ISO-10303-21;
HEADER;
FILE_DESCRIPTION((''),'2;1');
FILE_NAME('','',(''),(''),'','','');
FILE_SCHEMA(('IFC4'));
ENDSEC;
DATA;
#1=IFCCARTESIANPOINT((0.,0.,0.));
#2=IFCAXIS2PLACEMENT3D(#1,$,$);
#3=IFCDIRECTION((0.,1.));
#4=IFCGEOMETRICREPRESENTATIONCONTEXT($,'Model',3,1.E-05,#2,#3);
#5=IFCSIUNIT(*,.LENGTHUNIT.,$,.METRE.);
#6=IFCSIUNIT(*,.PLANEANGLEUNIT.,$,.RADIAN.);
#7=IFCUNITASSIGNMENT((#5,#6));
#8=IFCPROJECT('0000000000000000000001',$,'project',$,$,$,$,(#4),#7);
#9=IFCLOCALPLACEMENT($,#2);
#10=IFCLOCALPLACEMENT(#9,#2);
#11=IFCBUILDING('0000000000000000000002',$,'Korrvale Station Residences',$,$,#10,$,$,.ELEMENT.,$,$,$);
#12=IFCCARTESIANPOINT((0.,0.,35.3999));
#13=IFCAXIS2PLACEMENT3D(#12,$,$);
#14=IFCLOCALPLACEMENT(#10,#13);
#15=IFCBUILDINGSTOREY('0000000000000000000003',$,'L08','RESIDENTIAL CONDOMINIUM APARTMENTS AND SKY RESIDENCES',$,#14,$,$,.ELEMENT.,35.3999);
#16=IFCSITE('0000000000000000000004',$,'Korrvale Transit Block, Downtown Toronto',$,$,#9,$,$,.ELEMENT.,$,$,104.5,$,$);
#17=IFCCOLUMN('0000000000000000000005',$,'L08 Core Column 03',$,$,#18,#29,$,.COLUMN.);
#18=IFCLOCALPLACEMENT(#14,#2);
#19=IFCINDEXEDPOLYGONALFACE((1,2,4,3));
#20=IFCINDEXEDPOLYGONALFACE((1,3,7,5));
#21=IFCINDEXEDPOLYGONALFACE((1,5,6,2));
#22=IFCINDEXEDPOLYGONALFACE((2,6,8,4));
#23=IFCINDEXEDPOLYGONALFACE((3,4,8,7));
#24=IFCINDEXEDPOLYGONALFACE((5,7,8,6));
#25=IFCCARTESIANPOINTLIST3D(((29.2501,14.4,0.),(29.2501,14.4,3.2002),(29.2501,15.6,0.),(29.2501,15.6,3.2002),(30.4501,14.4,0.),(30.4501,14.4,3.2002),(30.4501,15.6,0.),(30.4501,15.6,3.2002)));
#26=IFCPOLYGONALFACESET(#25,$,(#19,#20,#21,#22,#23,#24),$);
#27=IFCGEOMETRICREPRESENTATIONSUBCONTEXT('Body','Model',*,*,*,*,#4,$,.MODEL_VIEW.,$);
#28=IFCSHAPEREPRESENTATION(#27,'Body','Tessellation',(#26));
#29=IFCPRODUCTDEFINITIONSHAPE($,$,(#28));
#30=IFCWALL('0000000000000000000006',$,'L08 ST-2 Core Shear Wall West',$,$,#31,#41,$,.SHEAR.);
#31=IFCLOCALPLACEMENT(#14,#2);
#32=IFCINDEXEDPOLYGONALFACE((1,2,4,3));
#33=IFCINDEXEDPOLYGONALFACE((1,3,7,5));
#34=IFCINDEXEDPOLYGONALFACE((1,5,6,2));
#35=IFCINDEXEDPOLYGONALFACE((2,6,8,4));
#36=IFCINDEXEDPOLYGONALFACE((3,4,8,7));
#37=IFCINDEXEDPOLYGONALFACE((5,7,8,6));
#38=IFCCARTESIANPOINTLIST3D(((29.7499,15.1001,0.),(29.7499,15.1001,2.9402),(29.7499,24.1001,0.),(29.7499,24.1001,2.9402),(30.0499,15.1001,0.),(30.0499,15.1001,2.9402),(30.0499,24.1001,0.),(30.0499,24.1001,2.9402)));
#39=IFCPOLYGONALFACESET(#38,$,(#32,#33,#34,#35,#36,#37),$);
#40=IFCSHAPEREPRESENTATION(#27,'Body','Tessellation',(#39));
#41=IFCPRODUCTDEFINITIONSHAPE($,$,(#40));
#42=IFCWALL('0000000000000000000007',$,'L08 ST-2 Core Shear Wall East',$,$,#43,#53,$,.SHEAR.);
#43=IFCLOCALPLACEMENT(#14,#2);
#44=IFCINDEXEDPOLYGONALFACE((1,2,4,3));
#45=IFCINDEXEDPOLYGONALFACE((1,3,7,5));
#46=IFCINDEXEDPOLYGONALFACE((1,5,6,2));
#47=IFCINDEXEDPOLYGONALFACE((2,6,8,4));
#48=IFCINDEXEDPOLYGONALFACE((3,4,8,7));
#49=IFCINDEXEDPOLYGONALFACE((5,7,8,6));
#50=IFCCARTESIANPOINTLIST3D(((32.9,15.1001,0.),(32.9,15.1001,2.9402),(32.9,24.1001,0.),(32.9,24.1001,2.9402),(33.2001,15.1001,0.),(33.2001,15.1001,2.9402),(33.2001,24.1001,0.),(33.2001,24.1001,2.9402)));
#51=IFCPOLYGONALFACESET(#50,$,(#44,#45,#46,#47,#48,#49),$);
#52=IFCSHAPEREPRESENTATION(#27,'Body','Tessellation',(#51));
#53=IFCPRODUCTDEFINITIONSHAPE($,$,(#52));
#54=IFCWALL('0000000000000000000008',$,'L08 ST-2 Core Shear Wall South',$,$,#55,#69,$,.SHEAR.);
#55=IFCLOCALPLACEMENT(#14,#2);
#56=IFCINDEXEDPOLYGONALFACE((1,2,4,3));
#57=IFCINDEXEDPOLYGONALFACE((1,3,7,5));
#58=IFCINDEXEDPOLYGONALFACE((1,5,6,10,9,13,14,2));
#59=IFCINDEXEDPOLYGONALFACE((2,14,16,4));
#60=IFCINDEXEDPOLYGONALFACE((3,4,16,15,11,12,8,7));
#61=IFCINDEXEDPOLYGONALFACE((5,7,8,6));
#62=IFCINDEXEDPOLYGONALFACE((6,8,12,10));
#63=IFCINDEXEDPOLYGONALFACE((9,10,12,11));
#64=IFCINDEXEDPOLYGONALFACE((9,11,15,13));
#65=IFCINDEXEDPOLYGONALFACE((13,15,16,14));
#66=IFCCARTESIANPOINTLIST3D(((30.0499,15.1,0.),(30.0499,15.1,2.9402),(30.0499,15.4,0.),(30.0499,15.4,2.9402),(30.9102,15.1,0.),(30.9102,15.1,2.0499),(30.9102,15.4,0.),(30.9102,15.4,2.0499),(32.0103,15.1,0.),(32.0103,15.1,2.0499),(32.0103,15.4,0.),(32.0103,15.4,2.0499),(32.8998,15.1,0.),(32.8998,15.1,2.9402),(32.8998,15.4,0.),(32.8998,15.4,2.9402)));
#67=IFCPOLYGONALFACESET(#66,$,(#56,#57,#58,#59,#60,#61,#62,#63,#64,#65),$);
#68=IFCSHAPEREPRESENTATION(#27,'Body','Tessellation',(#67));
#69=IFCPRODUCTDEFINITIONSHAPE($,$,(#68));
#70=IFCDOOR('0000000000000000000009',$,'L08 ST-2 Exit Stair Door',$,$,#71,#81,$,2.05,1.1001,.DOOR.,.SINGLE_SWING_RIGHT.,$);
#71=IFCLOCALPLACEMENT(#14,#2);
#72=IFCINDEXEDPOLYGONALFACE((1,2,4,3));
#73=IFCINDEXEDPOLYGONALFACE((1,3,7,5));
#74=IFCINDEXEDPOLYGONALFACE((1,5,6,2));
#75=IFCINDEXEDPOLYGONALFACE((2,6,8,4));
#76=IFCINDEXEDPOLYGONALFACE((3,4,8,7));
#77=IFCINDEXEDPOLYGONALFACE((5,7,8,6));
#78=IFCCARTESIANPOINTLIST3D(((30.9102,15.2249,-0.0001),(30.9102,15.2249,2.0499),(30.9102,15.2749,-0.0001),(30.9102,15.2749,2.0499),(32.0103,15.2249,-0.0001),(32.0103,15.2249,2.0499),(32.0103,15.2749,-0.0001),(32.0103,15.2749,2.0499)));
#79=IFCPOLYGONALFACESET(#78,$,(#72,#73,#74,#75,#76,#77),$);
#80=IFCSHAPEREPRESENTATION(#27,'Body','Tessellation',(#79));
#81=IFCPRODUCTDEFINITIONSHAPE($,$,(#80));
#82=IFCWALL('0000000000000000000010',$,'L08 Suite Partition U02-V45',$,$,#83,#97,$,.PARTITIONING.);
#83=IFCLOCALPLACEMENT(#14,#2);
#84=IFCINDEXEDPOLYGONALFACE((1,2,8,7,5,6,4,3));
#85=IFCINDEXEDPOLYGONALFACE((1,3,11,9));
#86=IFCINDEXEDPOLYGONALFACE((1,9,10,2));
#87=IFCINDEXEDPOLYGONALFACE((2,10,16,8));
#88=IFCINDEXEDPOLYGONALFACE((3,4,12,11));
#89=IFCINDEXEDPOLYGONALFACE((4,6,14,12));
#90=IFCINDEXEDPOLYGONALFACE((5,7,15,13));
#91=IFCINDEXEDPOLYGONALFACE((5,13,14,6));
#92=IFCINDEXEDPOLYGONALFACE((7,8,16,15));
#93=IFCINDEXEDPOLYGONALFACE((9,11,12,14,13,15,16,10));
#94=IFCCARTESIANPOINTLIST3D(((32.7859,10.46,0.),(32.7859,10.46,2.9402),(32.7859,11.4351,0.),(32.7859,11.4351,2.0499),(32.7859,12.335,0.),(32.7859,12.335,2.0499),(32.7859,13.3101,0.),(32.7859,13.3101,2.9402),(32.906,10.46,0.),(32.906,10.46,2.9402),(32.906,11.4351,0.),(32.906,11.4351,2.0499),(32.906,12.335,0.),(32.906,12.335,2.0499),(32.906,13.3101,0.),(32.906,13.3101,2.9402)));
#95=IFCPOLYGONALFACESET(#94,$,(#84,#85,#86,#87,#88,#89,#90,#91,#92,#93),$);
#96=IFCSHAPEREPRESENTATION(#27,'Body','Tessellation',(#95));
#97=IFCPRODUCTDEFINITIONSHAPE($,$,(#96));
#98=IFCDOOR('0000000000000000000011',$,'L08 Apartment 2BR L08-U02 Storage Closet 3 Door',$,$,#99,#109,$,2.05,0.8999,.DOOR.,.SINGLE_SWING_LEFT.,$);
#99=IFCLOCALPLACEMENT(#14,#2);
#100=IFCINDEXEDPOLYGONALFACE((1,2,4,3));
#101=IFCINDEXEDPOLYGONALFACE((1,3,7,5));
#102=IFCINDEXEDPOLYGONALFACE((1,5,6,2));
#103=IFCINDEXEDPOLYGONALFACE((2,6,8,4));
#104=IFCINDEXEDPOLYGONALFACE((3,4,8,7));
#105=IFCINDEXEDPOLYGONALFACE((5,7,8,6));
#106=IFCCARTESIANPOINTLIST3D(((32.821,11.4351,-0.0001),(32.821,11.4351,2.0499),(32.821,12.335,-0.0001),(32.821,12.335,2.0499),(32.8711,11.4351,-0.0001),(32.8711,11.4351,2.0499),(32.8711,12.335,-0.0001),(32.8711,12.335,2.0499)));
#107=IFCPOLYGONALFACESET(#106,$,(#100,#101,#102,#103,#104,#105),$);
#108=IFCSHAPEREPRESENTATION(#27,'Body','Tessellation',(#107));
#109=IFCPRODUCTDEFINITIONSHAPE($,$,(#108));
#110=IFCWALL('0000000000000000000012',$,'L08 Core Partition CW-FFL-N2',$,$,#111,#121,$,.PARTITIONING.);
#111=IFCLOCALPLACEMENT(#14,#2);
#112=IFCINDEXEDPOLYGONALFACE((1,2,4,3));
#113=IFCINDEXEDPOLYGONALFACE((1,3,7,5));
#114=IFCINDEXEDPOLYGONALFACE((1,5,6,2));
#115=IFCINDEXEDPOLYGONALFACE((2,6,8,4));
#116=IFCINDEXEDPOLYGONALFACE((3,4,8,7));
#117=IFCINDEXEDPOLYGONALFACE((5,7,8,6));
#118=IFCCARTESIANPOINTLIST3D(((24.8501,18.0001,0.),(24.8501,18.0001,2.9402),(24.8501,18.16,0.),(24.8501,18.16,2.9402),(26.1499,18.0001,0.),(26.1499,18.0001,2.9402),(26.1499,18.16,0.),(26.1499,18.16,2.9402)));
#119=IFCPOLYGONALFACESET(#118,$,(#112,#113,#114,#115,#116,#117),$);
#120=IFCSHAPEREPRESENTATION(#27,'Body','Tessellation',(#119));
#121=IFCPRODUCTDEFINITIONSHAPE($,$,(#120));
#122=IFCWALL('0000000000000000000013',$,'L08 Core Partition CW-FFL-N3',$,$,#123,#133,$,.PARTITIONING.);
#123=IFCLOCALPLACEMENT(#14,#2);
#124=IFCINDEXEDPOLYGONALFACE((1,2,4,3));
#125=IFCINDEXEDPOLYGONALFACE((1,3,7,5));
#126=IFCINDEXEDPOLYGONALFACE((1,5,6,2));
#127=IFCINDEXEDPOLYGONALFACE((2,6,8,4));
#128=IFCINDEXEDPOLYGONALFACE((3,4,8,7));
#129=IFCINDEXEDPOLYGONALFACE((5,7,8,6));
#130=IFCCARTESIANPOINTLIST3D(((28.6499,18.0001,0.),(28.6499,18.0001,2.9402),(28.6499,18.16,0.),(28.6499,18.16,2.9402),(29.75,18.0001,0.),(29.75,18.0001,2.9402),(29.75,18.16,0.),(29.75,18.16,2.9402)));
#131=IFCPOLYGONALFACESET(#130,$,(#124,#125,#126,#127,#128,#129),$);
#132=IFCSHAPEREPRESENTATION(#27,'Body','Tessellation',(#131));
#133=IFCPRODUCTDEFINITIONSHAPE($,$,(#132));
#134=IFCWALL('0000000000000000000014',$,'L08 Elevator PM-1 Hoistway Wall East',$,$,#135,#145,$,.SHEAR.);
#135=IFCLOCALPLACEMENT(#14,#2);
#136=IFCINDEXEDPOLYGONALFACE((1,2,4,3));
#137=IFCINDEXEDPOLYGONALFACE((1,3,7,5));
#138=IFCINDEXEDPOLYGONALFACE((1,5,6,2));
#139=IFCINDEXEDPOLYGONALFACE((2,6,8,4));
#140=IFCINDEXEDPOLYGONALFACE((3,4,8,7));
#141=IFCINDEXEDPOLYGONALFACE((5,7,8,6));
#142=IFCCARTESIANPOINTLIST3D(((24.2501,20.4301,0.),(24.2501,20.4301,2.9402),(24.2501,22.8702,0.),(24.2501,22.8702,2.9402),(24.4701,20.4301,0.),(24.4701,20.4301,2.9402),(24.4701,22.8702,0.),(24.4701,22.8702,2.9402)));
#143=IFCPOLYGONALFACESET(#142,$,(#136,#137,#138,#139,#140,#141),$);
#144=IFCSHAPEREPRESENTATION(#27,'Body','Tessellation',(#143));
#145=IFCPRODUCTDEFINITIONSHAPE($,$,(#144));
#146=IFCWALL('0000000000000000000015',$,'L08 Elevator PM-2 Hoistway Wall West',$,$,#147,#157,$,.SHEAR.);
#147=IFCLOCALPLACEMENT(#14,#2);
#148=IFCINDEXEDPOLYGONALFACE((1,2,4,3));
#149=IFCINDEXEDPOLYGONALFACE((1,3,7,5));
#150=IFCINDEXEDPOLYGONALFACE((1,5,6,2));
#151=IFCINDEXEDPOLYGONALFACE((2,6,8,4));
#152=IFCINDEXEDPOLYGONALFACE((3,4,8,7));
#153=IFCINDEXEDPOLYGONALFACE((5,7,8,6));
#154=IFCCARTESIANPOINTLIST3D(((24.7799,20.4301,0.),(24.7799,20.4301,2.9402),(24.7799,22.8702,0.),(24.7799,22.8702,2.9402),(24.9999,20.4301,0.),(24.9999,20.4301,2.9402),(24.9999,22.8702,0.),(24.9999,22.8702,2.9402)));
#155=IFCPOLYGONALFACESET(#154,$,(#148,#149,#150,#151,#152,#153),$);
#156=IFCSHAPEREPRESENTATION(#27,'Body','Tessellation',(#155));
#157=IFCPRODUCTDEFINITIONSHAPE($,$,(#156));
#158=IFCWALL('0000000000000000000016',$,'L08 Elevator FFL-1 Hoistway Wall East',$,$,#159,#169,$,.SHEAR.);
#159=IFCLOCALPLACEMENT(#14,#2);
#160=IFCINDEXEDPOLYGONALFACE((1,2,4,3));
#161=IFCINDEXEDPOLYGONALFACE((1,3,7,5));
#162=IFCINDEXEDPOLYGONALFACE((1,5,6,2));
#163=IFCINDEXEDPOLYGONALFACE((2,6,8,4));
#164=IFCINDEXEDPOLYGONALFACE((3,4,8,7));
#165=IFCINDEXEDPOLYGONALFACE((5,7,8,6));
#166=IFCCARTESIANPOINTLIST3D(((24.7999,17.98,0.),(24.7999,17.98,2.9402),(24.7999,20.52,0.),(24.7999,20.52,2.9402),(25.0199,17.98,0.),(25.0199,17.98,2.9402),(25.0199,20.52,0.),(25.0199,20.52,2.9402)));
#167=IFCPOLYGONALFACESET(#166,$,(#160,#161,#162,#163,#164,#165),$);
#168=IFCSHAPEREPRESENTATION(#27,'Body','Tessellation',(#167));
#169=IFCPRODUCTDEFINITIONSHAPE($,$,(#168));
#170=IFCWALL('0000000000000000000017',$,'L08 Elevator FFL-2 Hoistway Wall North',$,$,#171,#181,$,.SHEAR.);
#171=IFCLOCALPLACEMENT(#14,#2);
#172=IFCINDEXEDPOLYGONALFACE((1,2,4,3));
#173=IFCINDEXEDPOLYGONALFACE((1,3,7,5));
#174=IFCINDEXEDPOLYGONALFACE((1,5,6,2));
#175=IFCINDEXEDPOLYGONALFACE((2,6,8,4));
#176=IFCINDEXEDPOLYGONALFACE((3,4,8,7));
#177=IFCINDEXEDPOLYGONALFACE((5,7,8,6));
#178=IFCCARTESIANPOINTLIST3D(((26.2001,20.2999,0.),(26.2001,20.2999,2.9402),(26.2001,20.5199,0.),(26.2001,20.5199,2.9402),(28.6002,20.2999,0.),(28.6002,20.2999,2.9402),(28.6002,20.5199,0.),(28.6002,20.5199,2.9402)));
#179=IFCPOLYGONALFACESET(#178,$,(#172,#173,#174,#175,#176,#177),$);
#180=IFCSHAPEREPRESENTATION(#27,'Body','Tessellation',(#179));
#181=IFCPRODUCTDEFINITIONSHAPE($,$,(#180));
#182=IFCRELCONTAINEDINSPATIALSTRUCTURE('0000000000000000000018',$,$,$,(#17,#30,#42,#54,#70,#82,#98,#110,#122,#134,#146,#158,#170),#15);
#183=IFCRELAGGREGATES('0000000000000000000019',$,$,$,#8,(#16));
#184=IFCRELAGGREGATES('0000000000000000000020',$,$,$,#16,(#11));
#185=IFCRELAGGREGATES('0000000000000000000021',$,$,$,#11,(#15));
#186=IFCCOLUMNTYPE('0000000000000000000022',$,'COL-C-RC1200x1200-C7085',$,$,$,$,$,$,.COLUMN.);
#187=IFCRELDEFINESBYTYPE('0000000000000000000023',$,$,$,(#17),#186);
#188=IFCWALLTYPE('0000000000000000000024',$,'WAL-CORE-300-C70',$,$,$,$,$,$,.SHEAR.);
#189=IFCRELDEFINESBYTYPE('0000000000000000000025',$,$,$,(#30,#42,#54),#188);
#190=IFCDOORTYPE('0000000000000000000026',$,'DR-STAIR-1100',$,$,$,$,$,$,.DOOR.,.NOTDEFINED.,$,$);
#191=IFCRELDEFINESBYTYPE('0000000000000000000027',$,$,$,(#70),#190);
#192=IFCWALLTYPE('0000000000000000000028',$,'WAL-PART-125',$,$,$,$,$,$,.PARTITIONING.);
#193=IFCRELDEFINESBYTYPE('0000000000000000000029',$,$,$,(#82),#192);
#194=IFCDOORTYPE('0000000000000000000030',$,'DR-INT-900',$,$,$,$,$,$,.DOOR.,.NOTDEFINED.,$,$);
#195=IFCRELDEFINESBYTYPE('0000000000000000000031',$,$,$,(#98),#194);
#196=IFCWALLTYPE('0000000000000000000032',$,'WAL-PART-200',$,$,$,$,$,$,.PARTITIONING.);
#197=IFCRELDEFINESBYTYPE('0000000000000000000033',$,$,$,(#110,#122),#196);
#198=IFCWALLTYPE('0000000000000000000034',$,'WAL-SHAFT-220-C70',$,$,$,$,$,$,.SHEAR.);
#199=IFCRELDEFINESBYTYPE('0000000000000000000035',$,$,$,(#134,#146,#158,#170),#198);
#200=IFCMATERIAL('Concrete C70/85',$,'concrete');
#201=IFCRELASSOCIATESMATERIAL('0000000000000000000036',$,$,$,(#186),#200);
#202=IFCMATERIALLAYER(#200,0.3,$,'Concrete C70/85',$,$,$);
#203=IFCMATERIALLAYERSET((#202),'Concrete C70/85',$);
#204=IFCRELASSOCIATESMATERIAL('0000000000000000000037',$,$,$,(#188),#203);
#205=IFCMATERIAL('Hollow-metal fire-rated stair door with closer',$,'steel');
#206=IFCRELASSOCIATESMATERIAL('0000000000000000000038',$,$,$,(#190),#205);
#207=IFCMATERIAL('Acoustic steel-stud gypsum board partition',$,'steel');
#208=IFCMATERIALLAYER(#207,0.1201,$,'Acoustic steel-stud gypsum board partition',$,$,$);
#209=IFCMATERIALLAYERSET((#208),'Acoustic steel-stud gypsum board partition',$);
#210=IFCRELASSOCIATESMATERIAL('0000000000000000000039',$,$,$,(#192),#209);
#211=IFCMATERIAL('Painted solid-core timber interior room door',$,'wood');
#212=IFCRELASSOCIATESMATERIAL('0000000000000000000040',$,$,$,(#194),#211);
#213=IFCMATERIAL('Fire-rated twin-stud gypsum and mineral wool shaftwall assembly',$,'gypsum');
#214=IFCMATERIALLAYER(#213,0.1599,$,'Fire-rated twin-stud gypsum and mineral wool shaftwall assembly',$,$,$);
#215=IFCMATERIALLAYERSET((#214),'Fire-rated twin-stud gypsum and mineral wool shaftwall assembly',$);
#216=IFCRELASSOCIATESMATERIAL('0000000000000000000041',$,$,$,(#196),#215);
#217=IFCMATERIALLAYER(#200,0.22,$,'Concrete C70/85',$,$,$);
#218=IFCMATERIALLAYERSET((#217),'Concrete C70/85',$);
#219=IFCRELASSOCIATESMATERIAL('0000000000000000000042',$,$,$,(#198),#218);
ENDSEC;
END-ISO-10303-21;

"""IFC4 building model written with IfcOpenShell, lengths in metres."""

from ifc_helpers import new_model, si_unit, direction, frame, frame_2d, origin, origin_2d, place, context, subcontext, project, spatial, rectangle, extrude, material, layer, layer_set, material_profile, profile_set, type_object, element, fill, save


model = new_model("IFC4")

# Units and contexts
model_context = context("Model", 3, precision=1e-05, world=origin(), true_north=direction((0.0, 1.0)))
body_context = subcontext(model_context, "Body", "Model", "MODEL_VIEW")
ifc_project = project(units=[si_unit("LENGTHUNIT", "METRE"), si_unit("PLANEANGLEUNIT", "RADIAN")], contexts=[model_context])

# Site, building, storey
site_placement = place(None, origin())
site = spatial("IfcSite", under=ifc_project, at=site_placement, Name="Korrvale Transit Block, Downtown Toronto", CompositionType="ELEMENT", RefElevation=104.5)
building_placement = place(site_placement, origin())
building = spatial("IfcBuilding", under=site, at=building_placement, Name="Korrvale Station Residences", CompositionType="ELEMENT")
storey_placement = place(building_placement, frame((0.0, 0.0, 35.3999)))
storey = spatial("IfcBuildingStorey", under=building, at=storey_placement, Name="L08", Description="RESIDENTIAL CONDOMINIUM APARTMENTS AND SKY RESIDENCES", CompositionType="ELEMENT", Elevation=35.3999)

# Column
ifc_material_1 = material(Name="Concrete C70/85", Category="concrete")
ifc_material_profile = material_profile(ifc_material_1, rectangle(XDim=1.2, YDim=1.2, at=origin_2d()), Name="RC1200x1200")
ifc_profile_set = profile_set([ifc_material_profile], Name="Concrete C70/85")
column_type = type_object("IfcColumnType", Name="COL-C-RC1200x1200-C7085", PredefinedType="COLUMN", material=ifc_profile_set)
column_placement = place(storey_placement, frame((29.8501, 15.0, 0.0), z_axis=(0.0, 0.0, 1.0), x_axis=(1.0, 0.0, 0.0)))
element("IfcColumn", 1, at=column_placement, inside=storey, type_object=column_type, Name="L08 Core Column 03", PredefinedType="COLUMN", context=body_context, shape_type="SweptSolid", body=[
    extrude(rectangle(XDim=1.2, YDim=1.2, at=origin_2d()), origin(), (0.0, 0.0, 1.0), 3.2002),
])

# Walls
ifc_layer_1 = layer(ifc_material_1, 0.3, Name="Concrete C70/85")
ifc_layer_set_1 = layer_set([ifc_layer_1], Name="Concrete C70/85")
wall_type_1 = type_object("IfcWallType", Name="WAL-CORE-300-C70", PredefinedType="SHEAR", material=ifc_layer_set_1)
for number, where, z_axis, x_axis, name in (
    (2, (29.8999, 15.1001, 0.0), (0.0, 0.0, 1.0), (0.0, 1.0, 0.0), "L08 ST-2 Core Shear Wall West"),
    (3, (33.05, 15.1001, 0.0), (0.0, 0.0, 1.0), (0.0, 1.0, 0.0), "L08 ST-2 Core Shear Wall East"),
):
    element("IfcWall", number, at=place(storey_placement, frame(where, z_axis=z_axis, x_axis=x_axis)), inside=storey, type_object=wall_type_1, Name=name, PredefinedType="SHEAR", context=body_context, shape_type="SweptSolid", body=[
        extrude(rectangle(XDim=9.0, YDim=0.3, at=frame_2d((4.5, 0.0))), origin(), (0.0, 0.0, 1.0), 2.9402),
    ])

# Walls, openings, doors
wall_1_placement = place(storey_placement, frame((30.05, 15.25, 0.0), z_axis=(0.0, 0.0, 1.0), x_axis=(1.0, 0.0, 0.0)))
wall_1 = element("IfcWall", 4, at=wall_1_placement, inside=storey, type_object=wall_type_1, Name="L08 ST-2 Core Shear Wall South", PredefinedType="SHEAR", context=body_context, shape_type="SweptSolid", body=[
    extrude(rectangle(XDim=2.8499, YDim=0.3, at=frame_2d((1.4248, 0.0))), origin(), (0.0, 0.0, 1.0), 2.9402),
])
opening_1_placement = place(wall_1_placement, frame((0.8601, 0.0, 0.0)))
opening_1 = element("IfcOpeningElement", 5, at=opening_1_placement, cuts=wall_1, PredefinedType="OPENING", context=body_context, shape_type="SweptSolid", body=[
    extrude(rectangle(XDim=1.1001, YDim=2.05, at=frame_2d((0.55, 1.0249))), frame((0.0, 0.1602, 0.0), z_axis=(0.0, -1.0, 0.0), x_axis=(1.0, 0.0, 0.0)), (0.0, 0.0, 1.0), 0.3201),
])
ifc_material_2 = material(Name="Hollow-metal fire-rated stair door with closer", Category="steel")
door_type_1 = type_object("IfcDoorType", Name="DR-STAIR-1100", OperationType="NOTDEFINED", PredefinedType="DOOR", material=ifc_material_2)
door_1_placement = place(opening_1_placement, origin())
door_1 = element("IfcDoor", 6, at=door_1_placement, inside=storey, type_object=door_type_1, Name="L08 ST-2 Exit Stair Door", OperationType="SINGLE_SWING_RIGHT", OverallHeight=2.05, OverallWidth=1.1001, PredefinedType="DOOR", context=body_context, shape_type="SweptSolid", body=[
    extrude(rectangle(XDim=1.1001, YDim=2.05, at=frame_2d((0.55, 1.0249))), frame((0.0, 0.0249, 0.0), z_axis=(0.0, -1.0, 0.0), x_axis=(1.0, 0.0, 0.0)), (0.0, 0.0, 1.0), 0.05),
])
fill(opening_1, door_1)
ifc_material_3 = material(Name="Acoustic steel-stud gypsum board partition", Category="steel")
ifc_layer_2 = layer(ifc_material_3, 0.1201, Name="Acoustic steel-stud gypsum board partition")
ifc_layer_set_2 = layer_set([ifc_layer_2], Name="Acoustic steel-stud gypsum board partition")
wall_type_2 = type_object("IfcWallType", Name="WAL-PART-125", PredefinedType="PARTITIONING", material=ifc_layer_set_2)
wall_2_placement = place(storey_placement, frame((32.8459, 10.46, 0.0), z_axis=(0.0, 0.0, 1.0), x_axis=(0.0, 1.0, 0.0)))
wall_2 = element("IfcWall", 7, at=wall_2_placement, inside=storey, type_object=wall_type_2, Name="L08 Suite Partition U02-V45", PredefinedType="PARTITIONING", context=body_context, shape_type="SweptSolid", body=[
    extrude(rectangle(XDim=2.8501, YDim=0.1201, at=frame_2d((1.425, 0.0))), origin(), (0.0, 0.0, 1.0), 2.9402),
])
opening_2_placement = place(wall_2_placement, frame((0.9751, 0.0, 0.0)))
opening_2 = element("IfcOpeningElement", 8, at=opening_2_placement, cuts=wall_2, PredefinedType="OPENING", context=body_context, shape_type="SweptSolid", body=[
    extrude(rectangle(XDim=0.8999, YDim=2.05, at=frame_2d((0.45, 1.0249))), frame((0.0, 0.0701, 0.0), z_axis=(0.0, -1.0, 0.0), x_axis=(1.0, 0.0, 0.0)), (0.0, 0.0, 1.0), 0.1401),
])
ifc_material_4 = material(Name="Painted solid-core timber interior room door", Category="wood")
door_type_2 = type_object("IfcDoorType", Name="DR-INT-900", OperationType="NOTDEFINED", PredefinedType="DOOR", material=ifc_material_4)
door_2_placement = place(opening_2_placement, origin())
door_2 = element("IfcDoor", 9, at=door_2_placement, inside=storey, type_object=door_type_2, Name="L08 Apartment 2BR L08-U02 Storage Closet 3 Door", OperationType="SINGLE_SWING_LEFT", OverallHeight=2.05, OverallWidth=0.8999, PredefinedType="DOOR", context=body_context, shape_type="SweptSolid", body=[
    extrude(rectangle(XDim=0.8999, YDim=2.05, at=frame_2d((0.45, 1.0249))), frame((0.0, 0.0249, 0.0), z_axis=(0.0, -1.0, 0.0), x_axis=(1.0, 0.0, 0.0)), (0.0, 0.0, 1.0), 0.05),
])
fill(opening_2, door_2)

# Walls
ifc_material_5 = material(Name="Fire-rated twin-stud gypsum and mineral wool shaftwall assembly", Category="gypsum")
ifc_layer_3 = layer(ifc_material_5, 0.1599, Name="Fire-rated twin-stud gypsum and mineral wool shaftwall assembly")
ifc_layer_set_3 = layer_set([ifc_layer_3], Name="Fire-rated twin-stud gypsum and mineral wool shaftwall assembly")
wall_type_3 = type_object("IfcWallType", Name="WAL-PART-200", PredefinedType="PARTITIONING", material=ifc_layer_set_3)
wall_3_placement = place(storey_placement, frame((24.8501, 18.0801, 0.0), z_axis=(0.0, 0.0, 1.0), x_axis=(1.0, 0.0, 0.0)))
element("IfcWall", 10, at=wall_3_placement, inside=storey, type_object=wall_type_3, Name="L08 Core Partition CW-FFL-N2", PredefinedType="PARTITIONING", context=body_context, shape_type="SweptSolid", body=[
    extrude(rectangle(XDim=1.2998, YDim=0.1599, at=frame_2d((0.6499, 0.0))), origin(), (0.0, 0.0, 1.0), 2.9402),
])
wall_4_placement = place(storey_placement, frame((28.6499, 18.0801, 0.0), z_axis=(0.0, 0.0, 1.0), x_axis=(1.0, 0.0, 0.0)))
element("IfcWall", 11, at=wall_4_placement, inside=storey, type_object=wall_type_3, Name="L08 Core Partition CW-FFL-N3", PredefinedType="PARTITIONING", context=body_context, shape_type="SweptSolid", body=[
    extrude(rectangle(XDim=1.1001, YDim=0.1599, at=frame_2d((0.55, 0.0))), origin(), (0.0, 0.0, 1.0), 2.9402),
])
ifc_layer_4 = layer(ifc_material_1, 0.22, Name="Concrete C70/85")
ifc_layer_set_4 = layer_set([ifc_layer_4], Name="Concrete C70/85")
wall_type_4 = type_object("IfcWallType", Name="WAL-SHAFT-220-C70", PredefinedType="SHEAR", material=ifc_layer_set_4)
for number, where, z_axis, x_axis, name in (
    (12, (24.3601, 20.4299, 0.0), (0.0, 0.0, 1.0), (0.0, 1.0, 0.0), "L08 Elevator PM-1 Hoistway Wall East"),
    (13, (24.8899, 20.4299, 0.0), (0.0, 0.0, 1.0), (0.0, 1.0, 0.0), "L08 Elevator PM-2 Hoistway Wall West"),
):
    element("IfcWall", number, at=place(storey_placement, frame(where, z_axis=z_axis, x_axis=x_axis)), inside=storey, type_object=wall_type_4, Name=name, PredefinedType="SHEAR", context=body_context, shape_type="SweptSolid", body=[
        extrude(rectangle(XDim=2.4402, YDim=0.22, at=frame_2d((1.2202, 0.0))), origin(), (0.0, 0.0, 1.0), 2.9402),
    ])
wall_5_placement = place(storey_placement, frame((24.9099, 17.98, 0.0), z_axis=(0.0, 0.0, 1.0), x_axis=(0.0, 1.0, 0.0)))
element("IfcWall", 14, at=wall_5_placement, inside=storey, type_object=wall_type_4, Name="L08 Elevator FFL-1 Hoistway Wall East", PredefinedType="SHEAR", context=body_context, shape_type="SweptSolid", body=[
    extrude(rectangle(XDim=2.54, YDim=0.22, at=frame_2d((1.27, 0.0))), origin(), (0.0, 0.0, 1.0), 2.9402),
])

# Wall
wall_6_placement = place(storey_placement, frame((26.2, 20.4099, 0.0), z_axis=(0.0, 0.0, 1.0), x_axis=(1.0, 0.0, 0.0)))
element("IfcWall", 15, at=wall_6_placement, inside=storey, type_object=wall_type_4, Name="L08 Elevator FFL-2 Hoistway Wall North", PredefinedType="SHEAR", context=body_context, shape_type="SweptSolid", body=[
    extrude(rectangle(XDim=2.4001, YDim=0.22, at=frame_2d((1.2002, 0.0))), origin(), (0.0, 0.0, 1.0), 2.9402),
])

save(model, "model.ifc")
